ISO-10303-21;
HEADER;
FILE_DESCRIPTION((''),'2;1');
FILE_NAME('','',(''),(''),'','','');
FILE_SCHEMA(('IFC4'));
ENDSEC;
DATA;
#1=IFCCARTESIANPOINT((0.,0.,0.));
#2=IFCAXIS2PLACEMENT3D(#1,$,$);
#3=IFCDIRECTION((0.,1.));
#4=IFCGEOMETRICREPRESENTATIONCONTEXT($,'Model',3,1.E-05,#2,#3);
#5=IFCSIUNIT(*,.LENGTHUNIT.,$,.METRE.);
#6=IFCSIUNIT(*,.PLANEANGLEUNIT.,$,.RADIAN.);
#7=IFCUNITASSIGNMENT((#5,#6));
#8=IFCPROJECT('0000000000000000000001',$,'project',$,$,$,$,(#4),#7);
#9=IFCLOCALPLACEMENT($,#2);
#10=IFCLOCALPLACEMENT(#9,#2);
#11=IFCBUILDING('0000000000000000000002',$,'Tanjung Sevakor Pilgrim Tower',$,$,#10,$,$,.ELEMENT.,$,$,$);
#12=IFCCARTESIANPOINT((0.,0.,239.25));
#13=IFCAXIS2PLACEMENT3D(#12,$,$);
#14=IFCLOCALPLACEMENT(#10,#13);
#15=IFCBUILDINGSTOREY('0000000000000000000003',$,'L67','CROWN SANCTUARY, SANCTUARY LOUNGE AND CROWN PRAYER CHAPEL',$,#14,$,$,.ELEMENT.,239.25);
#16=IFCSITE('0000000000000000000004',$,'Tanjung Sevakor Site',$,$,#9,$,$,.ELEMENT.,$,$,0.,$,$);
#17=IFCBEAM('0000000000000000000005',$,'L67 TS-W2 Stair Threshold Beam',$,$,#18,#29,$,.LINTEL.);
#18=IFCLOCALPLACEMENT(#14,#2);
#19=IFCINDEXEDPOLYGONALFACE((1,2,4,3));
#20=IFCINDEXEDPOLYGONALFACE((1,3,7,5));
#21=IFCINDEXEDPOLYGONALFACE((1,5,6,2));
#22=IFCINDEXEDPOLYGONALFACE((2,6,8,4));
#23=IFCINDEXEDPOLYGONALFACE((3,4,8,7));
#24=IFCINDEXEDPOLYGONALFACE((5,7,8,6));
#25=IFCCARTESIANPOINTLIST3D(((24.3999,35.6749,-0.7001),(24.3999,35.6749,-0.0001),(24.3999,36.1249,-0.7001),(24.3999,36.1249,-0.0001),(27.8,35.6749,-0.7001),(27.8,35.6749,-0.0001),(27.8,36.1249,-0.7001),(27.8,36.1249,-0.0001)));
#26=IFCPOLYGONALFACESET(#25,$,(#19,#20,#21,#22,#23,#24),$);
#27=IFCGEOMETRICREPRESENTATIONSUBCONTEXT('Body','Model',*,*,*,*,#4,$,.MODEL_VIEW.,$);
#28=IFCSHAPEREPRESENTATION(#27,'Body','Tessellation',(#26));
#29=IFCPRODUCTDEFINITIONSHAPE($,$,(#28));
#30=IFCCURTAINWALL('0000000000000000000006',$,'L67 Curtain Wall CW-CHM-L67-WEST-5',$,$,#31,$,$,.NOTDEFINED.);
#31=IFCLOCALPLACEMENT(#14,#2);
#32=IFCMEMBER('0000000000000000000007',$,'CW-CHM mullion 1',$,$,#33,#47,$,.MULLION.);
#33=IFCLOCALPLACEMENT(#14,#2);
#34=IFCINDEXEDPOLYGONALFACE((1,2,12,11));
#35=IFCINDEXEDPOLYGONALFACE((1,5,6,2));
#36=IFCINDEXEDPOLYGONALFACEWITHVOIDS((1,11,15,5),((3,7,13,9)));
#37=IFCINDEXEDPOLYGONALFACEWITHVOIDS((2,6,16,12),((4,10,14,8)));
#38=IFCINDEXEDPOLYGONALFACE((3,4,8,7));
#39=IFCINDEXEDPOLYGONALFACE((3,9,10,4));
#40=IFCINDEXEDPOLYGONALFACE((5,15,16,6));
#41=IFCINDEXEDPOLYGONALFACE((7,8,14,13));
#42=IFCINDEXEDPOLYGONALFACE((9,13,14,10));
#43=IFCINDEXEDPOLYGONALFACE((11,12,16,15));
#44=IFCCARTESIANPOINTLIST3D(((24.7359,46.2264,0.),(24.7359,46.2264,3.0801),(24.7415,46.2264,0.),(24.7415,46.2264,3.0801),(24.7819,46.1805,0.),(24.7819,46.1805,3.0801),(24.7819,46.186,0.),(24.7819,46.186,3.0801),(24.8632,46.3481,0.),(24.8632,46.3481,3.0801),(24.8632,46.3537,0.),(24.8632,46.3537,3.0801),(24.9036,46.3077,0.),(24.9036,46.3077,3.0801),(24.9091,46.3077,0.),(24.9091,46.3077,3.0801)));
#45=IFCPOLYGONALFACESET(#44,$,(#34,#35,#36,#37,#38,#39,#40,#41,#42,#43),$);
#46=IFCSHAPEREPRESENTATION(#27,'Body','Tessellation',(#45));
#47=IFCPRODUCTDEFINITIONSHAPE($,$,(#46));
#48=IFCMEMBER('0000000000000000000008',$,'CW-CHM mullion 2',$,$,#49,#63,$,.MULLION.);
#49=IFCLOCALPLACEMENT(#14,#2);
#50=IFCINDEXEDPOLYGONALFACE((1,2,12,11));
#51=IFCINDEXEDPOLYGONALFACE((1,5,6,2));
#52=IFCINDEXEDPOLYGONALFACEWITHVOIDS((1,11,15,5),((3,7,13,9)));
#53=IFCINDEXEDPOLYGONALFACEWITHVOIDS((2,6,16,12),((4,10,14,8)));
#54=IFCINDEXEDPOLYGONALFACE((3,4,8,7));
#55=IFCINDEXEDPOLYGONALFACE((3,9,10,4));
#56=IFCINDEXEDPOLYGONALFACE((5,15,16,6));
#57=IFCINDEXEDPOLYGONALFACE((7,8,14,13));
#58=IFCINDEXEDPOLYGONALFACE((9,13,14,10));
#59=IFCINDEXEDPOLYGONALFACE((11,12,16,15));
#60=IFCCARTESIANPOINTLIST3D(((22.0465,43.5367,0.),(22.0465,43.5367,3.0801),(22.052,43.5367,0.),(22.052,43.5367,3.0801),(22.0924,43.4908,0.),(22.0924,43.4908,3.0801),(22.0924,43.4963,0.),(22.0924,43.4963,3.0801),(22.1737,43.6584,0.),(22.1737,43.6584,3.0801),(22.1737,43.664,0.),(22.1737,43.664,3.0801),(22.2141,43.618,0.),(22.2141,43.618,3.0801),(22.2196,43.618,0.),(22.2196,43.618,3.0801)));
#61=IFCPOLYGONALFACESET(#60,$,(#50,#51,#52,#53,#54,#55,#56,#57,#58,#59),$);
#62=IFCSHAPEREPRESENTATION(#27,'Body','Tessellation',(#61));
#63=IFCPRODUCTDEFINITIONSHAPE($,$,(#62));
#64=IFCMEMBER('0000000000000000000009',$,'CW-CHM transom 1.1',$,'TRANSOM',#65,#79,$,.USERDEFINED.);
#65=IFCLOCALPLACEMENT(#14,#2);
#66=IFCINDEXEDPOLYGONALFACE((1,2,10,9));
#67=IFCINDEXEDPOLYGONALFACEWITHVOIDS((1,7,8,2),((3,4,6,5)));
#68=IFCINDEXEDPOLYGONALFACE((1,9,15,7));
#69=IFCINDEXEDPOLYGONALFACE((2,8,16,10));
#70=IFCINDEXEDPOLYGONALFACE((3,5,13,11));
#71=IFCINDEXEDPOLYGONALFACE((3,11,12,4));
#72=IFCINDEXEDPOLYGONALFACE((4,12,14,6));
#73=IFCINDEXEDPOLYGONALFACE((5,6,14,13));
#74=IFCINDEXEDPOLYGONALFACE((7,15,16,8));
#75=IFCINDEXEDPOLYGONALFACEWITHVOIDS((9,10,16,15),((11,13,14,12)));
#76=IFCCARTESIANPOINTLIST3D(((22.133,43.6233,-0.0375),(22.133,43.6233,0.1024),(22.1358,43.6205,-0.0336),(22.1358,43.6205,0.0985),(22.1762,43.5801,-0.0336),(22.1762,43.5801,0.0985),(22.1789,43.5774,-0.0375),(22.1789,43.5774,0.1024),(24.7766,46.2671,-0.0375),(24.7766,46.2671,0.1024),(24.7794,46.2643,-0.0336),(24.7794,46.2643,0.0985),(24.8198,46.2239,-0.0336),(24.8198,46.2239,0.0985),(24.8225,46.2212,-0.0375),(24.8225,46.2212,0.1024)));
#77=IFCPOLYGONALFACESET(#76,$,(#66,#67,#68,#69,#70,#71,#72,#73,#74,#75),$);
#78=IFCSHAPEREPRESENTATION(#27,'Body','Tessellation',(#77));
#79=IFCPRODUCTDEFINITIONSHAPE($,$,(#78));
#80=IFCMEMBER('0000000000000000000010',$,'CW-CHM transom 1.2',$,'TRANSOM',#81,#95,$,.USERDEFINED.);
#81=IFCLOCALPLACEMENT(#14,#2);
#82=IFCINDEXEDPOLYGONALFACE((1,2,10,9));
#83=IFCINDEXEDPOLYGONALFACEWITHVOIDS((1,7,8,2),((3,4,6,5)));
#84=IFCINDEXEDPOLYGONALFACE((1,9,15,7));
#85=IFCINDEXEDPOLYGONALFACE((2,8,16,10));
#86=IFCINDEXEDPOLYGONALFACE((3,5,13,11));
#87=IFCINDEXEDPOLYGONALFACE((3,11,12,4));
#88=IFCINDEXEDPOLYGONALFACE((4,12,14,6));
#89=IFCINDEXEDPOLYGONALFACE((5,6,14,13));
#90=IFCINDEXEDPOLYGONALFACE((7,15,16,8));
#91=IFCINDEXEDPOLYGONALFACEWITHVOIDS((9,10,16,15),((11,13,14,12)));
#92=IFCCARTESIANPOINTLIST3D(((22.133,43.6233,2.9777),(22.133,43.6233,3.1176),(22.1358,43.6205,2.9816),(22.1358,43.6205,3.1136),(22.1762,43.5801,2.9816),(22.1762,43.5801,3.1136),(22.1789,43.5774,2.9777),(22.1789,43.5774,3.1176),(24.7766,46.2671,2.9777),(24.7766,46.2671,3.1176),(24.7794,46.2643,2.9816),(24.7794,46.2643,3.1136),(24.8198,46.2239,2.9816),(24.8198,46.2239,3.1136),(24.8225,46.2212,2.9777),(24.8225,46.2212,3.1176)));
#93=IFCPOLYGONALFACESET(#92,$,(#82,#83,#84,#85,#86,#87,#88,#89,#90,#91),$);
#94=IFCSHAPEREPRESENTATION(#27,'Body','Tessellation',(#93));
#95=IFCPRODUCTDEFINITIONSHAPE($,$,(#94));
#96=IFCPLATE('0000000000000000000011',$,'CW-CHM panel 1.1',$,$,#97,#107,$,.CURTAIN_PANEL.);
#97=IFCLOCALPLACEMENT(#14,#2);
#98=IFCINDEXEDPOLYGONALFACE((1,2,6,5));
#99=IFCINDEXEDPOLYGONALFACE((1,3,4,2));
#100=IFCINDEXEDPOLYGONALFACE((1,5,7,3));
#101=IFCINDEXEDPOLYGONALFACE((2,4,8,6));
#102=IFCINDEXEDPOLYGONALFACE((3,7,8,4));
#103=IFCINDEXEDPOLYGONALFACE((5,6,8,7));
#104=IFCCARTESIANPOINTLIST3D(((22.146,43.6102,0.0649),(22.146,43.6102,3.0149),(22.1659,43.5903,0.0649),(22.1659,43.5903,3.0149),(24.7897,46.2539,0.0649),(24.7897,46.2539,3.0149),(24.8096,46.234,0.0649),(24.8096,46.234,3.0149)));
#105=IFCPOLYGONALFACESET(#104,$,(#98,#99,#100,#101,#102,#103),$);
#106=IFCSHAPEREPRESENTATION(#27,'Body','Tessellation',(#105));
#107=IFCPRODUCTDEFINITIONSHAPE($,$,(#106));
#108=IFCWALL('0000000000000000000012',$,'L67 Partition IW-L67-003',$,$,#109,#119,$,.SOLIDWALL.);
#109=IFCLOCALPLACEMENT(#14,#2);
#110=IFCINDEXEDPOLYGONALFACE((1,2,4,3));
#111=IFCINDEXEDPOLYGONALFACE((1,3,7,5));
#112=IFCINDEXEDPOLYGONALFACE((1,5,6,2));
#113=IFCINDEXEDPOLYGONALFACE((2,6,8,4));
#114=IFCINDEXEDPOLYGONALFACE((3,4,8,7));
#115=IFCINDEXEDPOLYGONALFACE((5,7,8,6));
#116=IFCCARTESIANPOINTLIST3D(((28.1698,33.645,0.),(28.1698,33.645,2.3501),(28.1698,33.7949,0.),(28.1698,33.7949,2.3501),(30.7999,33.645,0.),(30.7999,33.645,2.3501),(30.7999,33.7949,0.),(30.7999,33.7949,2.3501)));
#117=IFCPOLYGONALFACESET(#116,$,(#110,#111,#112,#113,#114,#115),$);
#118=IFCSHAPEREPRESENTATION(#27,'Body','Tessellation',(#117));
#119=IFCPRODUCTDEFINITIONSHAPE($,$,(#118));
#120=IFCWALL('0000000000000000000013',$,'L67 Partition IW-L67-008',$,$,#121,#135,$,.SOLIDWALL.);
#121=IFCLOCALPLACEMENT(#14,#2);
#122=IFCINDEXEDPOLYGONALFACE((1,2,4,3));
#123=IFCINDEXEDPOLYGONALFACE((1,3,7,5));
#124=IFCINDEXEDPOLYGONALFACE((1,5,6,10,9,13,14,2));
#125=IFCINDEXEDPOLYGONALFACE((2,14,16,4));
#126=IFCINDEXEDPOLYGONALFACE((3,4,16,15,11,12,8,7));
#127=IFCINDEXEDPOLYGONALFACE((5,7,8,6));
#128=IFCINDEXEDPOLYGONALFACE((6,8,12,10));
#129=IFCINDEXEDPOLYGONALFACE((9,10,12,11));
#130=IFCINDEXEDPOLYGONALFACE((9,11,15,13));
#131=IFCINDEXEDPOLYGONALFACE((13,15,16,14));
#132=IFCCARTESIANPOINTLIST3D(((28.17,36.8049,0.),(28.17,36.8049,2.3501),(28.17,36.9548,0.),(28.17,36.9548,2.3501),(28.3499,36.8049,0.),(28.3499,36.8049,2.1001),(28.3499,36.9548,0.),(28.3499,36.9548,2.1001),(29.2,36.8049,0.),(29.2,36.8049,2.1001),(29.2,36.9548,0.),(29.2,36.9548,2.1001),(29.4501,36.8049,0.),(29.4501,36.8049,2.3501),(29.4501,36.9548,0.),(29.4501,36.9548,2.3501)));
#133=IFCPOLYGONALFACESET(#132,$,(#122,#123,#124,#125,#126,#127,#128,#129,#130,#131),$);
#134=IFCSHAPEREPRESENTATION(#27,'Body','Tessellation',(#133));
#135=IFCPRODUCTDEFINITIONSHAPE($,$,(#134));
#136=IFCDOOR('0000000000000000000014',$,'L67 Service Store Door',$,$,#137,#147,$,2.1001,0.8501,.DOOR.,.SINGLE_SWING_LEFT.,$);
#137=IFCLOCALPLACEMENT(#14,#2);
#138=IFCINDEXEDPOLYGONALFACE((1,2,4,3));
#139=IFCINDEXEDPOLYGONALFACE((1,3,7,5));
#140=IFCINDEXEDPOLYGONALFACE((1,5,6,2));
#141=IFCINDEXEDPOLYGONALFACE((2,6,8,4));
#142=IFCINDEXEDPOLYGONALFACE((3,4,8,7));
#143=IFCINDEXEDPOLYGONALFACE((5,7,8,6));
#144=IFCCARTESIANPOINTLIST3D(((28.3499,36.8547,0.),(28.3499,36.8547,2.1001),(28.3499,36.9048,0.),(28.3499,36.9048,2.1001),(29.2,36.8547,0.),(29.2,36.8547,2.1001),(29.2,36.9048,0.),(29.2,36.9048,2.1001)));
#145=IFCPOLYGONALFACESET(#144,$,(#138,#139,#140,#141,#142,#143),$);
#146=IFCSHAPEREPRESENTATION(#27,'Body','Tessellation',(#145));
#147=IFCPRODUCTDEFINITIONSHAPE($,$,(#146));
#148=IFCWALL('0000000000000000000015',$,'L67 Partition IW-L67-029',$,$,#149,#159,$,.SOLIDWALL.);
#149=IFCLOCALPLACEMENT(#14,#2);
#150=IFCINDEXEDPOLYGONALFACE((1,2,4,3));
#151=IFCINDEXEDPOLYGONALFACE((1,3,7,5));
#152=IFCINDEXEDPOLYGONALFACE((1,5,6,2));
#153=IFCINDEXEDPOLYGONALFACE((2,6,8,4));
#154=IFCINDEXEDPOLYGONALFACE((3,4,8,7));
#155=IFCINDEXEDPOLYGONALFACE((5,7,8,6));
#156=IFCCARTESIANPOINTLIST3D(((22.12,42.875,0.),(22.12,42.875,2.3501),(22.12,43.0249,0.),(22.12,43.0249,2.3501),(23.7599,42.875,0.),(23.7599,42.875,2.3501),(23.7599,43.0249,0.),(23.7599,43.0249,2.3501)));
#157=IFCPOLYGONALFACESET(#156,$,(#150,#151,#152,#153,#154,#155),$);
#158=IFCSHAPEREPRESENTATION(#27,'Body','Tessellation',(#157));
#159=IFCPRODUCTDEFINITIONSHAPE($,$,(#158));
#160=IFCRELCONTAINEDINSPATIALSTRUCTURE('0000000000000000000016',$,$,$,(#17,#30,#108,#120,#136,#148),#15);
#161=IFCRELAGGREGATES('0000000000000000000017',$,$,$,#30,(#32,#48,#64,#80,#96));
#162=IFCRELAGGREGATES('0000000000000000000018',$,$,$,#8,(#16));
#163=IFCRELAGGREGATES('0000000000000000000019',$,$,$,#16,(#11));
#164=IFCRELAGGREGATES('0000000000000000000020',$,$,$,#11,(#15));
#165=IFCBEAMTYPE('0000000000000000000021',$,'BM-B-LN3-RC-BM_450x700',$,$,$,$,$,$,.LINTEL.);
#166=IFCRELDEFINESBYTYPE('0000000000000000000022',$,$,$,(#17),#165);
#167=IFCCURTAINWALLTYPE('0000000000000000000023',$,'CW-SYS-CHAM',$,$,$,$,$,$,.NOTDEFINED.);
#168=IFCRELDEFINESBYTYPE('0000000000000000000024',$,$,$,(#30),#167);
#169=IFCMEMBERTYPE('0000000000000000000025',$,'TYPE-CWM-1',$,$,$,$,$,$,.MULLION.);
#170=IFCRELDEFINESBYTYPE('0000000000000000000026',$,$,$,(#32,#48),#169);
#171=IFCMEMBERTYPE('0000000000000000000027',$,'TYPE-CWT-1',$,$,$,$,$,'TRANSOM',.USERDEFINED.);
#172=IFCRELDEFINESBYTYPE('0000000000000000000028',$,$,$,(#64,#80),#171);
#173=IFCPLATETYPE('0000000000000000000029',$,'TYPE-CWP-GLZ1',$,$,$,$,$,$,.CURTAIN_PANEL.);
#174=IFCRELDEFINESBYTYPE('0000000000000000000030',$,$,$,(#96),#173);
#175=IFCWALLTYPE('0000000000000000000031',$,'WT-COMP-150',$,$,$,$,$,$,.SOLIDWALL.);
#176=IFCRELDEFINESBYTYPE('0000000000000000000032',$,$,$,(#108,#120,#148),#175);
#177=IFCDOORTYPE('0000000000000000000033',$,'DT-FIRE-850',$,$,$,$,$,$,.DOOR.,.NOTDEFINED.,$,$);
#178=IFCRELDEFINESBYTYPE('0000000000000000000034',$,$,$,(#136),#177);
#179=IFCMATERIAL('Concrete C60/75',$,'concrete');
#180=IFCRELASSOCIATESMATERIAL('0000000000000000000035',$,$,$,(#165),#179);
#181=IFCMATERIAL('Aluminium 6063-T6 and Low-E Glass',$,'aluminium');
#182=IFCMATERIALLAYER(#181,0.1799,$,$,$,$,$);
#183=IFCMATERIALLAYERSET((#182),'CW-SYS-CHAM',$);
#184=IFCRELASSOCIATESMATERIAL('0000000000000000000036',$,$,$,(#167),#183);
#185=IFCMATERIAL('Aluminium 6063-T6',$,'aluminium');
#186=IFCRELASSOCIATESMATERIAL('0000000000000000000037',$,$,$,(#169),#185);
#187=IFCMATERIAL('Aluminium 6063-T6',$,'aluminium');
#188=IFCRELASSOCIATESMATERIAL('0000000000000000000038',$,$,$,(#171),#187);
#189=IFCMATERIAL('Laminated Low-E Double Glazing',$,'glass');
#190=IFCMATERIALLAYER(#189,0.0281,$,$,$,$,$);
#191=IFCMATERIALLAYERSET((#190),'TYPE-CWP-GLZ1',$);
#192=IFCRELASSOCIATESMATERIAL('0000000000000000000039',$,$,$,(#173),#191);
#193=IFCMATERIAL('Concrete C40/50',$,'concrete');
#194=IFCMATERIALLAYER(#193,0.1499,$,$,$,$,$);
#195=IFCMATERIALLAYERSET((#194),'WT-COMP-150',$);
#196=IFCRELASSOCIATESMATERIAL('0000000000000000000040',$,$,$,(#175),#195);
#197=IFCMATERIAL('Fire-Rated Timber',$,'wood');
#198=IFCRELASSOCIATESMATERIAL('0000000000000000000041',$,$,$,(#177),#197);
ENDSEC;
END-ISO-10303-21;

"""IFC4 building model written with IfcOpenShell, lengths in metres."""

from ifc_helpers import new_model, si_unit, direction, frame, frame_2d, origin, origin_2d, place, context, subcontext, project, spatial, rectangle, hollow_rectangle, extrude, material, layer, layer_set, material_profile, profile_set, type_object, element, fill, aggregate, save


model = new_model("IFC4")

# Units and contexts
model_context = context("Model", 3, precision=1e-05, world=origin(), true_north=direction((0.0, 1.0)))
body_context = subcontext(model_context, "Body", "Model", "MODEL_VIEW")
ifc_project = project(units=[si_unit("LENGTHUNIT", "METRE"), si_unit("PLANEANGLEUNIT", "RADIAN")], contexts=[model_context])

# Site, building, storey
site_placement = place(None, origin())
site = spatial("IfcSite", under=ifc_project, at=site_placement, Name="Tanjung Sevakor Site", CompositionType="ELEMENT", RefElevation=0.0)
building_placement = place(site_placement, origin())
building = spatial("IfcBuilding", under=site, at=building_placement, Name="Tanjung Sevakor Pilgrim Tower", CompositionType="ELEMENT")
storey_placement = place(building_placement, frame((0.0, 0.0, 239.25)))
storey = spatial("IfcBuildingStorey", under=building, at=storey_placement, Name="L67", Description="CROWN SANCTUARY, SANCTUARY LOUNGE AND CROWN PRAYER CHAPEL", CompositionType="ELEMENT", Elevation=239.25)

# Beam
ifc_material_1 = material(Name="Concrete C60/75", Category="concrete")
ifc_material_profile_1 = material_profile(ifc_material_1, rectangle(XDim=0.45, YDim=0.7, at=origin_2d()))
ifc_profile_set_1 = profile_set([ifc_material_profile_1], Name="Concrete C60/75")
beam_type = type_object("IfcBeamType", Name="BM-B-LN3-RC-BM_450x700", PredefinedType="LINTEL", material=ifc_profile_set_1)
beam_placement = place(storey_placement, frame((24.3999, 35.8999, -0.3501), z_axis=(1.0, 0.0, 0.0), x_axis=(0.0, 1.0, 0.0)))
element("IfcBeam", 1, at=beam_placement, inside=storey, type_object=beam_type, Name="L67 TS-W2 Stair Threshold Beam", PredefinedType="LINTEL", context=body_context, shape_type="SweptSolid", body=[
    extrude(rectangle(XDim=0.45, YDim=0.7, at=origin_2d()), origin(), (0.0, 0.0, 1.0), 3.4001),
])

# Curtain wall, members, plate
ifc_material_2 = material(Name="Aluminium 6063-T6 and Low-E Glass", Category="aluminium")
ifc_layer_1 = layer(ifc_material_2, 0.1799)
ifc_layer_set_1 = layer_set([ifc_layer_1], Name="CW-SYS-CHAM")
curtain_wall_type = type_object("IfcCurtainWallType", Name="CW-SYS-CHAM", PredefinedType="NOTDEFINED", material=ifc_layer_set_1)
curtain_wall_placement = place(storey_placement, origin())
curtain_wall = element("IfcCurtainWall", 2, at=curtain_wall_placement, inside=storey, type_object=curtain_wall_type, Name="L67 Curtain Wall CW-CHM-L67-WEST-5", PredefinedType="NOTDEFINED")
ifc_material_3 = material(Name="Aluminium 6063-T6", Category="aluminium")
ifc_material_profile_2 = material_profile(ifc_material_3, hollow_rectangle(XDim=0.0649, YDim=0.1799, WallThickness=0.0039, at=origin_2d()))
ifc_profile_set_2 = profile_set([ifc_material_profile_2], Name="Aluminium 6063-T6")
member_type_1 = type_object("IfcMemberType", Name="TYPE-CWM-1", PredefinedType="MULLION", material=ifc_profile_set_2)
member_1_placement = place(storey_placement, frame((24.8225, 46.2671, 0.0), z_axis=(0.0, 0.0, 1.0), x_axis=(0.707107, -0.707107, 0.0)))
member_1 = element("IfcMember", 3, at=member_1_placement, type_object=member_type_1, Name="CW-CHM mullion 1", PredefinedType="MULLION", context=body_context, shape_type="SweptSolid", body=[
    extrude(hollow_rectangle(XDim=0.0649, YDim=0.1799, WallThickness=0.0039, at=origin_2d()), origin(), (0.0, 0.0, 1.0), 3.0801),
])
member_2_placement = place(storey_placement, frame((22.1331, 43.5774, 0.0), z_axis=(0.0, 0.0, 1.0), x_axis=(0.707107, -0.707107, 0.0)))
member_2 = element("IfcMember", 4, at=member_2_placement, type_object=member_type_1, Name="CW-CHM mullion 2", PredefinedType="MULLION", context=body_context, shape_type="SweptSolid", body=[
    extrude(hollow_rectangle(XDim=0.0649, YDim=0.1799, WallThickness=0.0039, at=origin_2d()), origin(), (0.0, 0.0, 1.0), 3.0801),
])
ifc_material_4 = material(Name="Aluminium 6063-T6", Category="aluminium")
ifc_material_profile_3 = material_profile(ifc_material_4, hollow_rectangle(XDim=0.0649, YDim=0.1399, WallThickness=0.0039, at=origin_2d()))
ifc_profile_set_3 = profile_set([ifc_material_profile_3], Name="Aluminium 6063-T6")
member_type_2 = type_object("IfcMemberType", Name="TYPE-CWT-1", ElementType="TRANSOM", PredefinedType="USERDEFINED", material=ifc_profile_set_3)
member_3_placement = place(storey_placement, frame((24.7996, 46.2441, 0.0325), z_axis=(-0.707074, -0.707139, 0.0), x_axis=(0.707139, -0.707074, 0.0)))
member_3 = element("IfcMember", 5, at=member_3_placement, type_object=member_type_2, Name="CW-CHM transom 1.1", ObjectType="TRANSOM", PredefinedType="USERDEFINED", context=body_context, shape_type="SweptSolid", body=[
    extrude(hollow_rectangle(XDim=0.0649, YDim=0.1399, WallThickness=0.0039, at=origin_2d()), origin(), (0.0, 0.0, 1.0), 3.7388),
])
member_4_placement = place(storey_placement, frame((24.7996, 46.2441, 3.0476), z_axis=(-0.707074, -0.707139, 0.0), x_axis=(0.707139, -0.707074, 0.0)))
member_4 = element("IfcMember", 6, at=member_4_placement, type_object=member_type_2, Name="CW-CHM transom 1.2", ObjectType="TRANSOM", PredefinedType="USERDEFINED", context=body_context, shape_type="SweptSolid", body=[
    extrude(hollow_rectangle(XDim=0.0649, YDim=0.1399, WallThickness=0.0039, at=origin_2d()), origin(), (0.0, 0.0, 1.0), 3.7388),
])
ifc_material_5 = material(Name="Laminated Low-E Double Glazing", Category="glass")
ifc_layer_2 = layer(ifc_material_5, 0.0281)
ifc_layer_set_2 = layer_set([ifc_layer_2], Name="TYPE-CWP-GLZ1")
plate_type = type_object("IfcPlateType", Name="TYPE-CWP-GLZ1", PredefinedType="CURTAIN_PANEL", material=ifc_layer_set_2)
plate_placement = place(storey_placement, frame((23.4778, 44.9221, 0.0649), z_axis=(0.0, 0.0, 1.0), x_axis=(-0.707107, -0.707107, 0.0)))
plate = element("IfcPlate", 7, at=plate_placement, type_object=plate_type, Name="CW-CHM panel 1.1", PredefinedType="CURTAIN_PANEL", context=body_context, shape_type="SweptSolid", body=[
    extrude(rectangle(XDim=3.7388, YDim=0.0281, at=origin_2d()), origin(), (0.0, 0.0, 1.0), 2.95),
])
aggregate(curtain_wall, [member_1, member_2, member_3, member_4, plate])

# Wall
ifc_material_6 = material(Name="Concrete C40/50", Category="concrete")
ifc_layer_3 = layer(ifc_material_6, 0.1499)
ifc_layer_set_3 = layer_set([ifc_layer_3], Name="WT-COMP-150")
wall_type_1 = type_object("IfcWallType", Name="WT-COMP-150", PredefinedType="SOLIDWALL", material=ifc_layer_set_3)
wall_1_placement = place(storey_placement, frame((28.1699, 33.72, 0.0), z_axis=(0.0, 0.0, 1.0), x_axis=(1.0, 0.0, 0.0)))
element("IfcWall", 8, at=wall_1_placement, inside=storey, type_object=wall_type_1, Name="L67 Partition IW-L67-003", PredefinedType="SOLIDWALL", context=body_context, shape_type="SweptSolid", body=[
    extrude(rectangle(XDim=2.6301, YDim=0.1499, at=frame_2d((1.3149, 0.0))), origin(), (0.0, 0.0, 1.0), 2.3501),
])

# Wall, opening, door
wall_2_placement = place(storey_placement, frame((28.1699, 36.8799, 0.0), z_axis=(0.0, 0.0, 1.0), x_axis=(1.0, 0.0, 0.0)))
wall_2 = element("IfcWall", 9, at=wall_2_placement, inside=storey, type_object=wall_type_1, Name="L67 Partition IW-L67-008", PredefinedType="SOLIDWALL", context=body_context, shape_type="SweptSolid", body=[
    extrude(rectangle(XDim=1.28, YDim=0.1499, at=frame_2d((0.6401, 0.0))), origin(), (0.0, 0.0, 1.0), 2.3501),
])
opening_1_placement = place(wall_2_placement, frame((0.1799, 0.0, 0.0)))
opening_1 = element("IfcOpeningElement", 10, at=opening_1_placement, cuts=wall_2, PredefinedType="OPENING", context=body_context, shape_type="SweptSolid", body=[
    extrude(rectangle(XDim=0.8501, YDim=2.1001, at=frame_2d((0.425, 1.05))), frame((0.0, 0.085, 0.0), z_axis=(0.0, -1.0, 0.0), x_axis=(1.0, 0.0, 0.0)), (0.0, 0.0, 1.0), 0.1699),
])
ifc_material_7 = material(Name="Fire-Rated Timber", Category="wood")
door_type_1 = type_object("IfcDoorType", Name="DT-FIRE-850", OperationType="NOTDEFINED", PredefinedType="DOOR", material=ifc_material_7)
door_1_placement = place(opening_1_placement, origin())
door_1 = element("IfcDoor", 11, at=door_1_placement, inside=storey, type_object=door_type_1, Name="L67 Service Store Door", OperationType="SINGLE_SWING_LEFT", OverallHeight=2.1001, OverallWidth=0.8501, PredefinedType="DOOR", context=body_context, shape_type="SweptSolid", body=[
    extrude(rectangle(XDim=0.8501, YDim=2.1001, at=frame_2d((0.425, 1.05))), frame((0.0, 0.0249, 0.0), z_axis=(0.0, -1.0, 0.0), x_axis=(1.0, 0.0, 0.0)), (0.0, 0.0, 1.0), 0.05),
])
fill(opening_1, door_1)

# Wall
wall_3_placement = place(storey_placement, frame((22.1201, 42.95, 0.0), z_axis=(0.0, 0.0, 1.0), x_axis=(1.0, 0.0, 0.0)))
element("IfcWall", 12, at=wall_3_placement, inside=storey, type_object=wall_type_1, Name="L67 Partition IW-L67-029", PredefinedType="SOLIDWALL", context=body_context, shape_type="SweptSolid", body=[
    extrude(rectangle(XDim=1.6399, YDim=0.1499, at=frame_2d((0.8198, 0.0))), origin(), (0.0, 0.0, 1.0), 2.3501),
])

save(model, "model.ifc")
